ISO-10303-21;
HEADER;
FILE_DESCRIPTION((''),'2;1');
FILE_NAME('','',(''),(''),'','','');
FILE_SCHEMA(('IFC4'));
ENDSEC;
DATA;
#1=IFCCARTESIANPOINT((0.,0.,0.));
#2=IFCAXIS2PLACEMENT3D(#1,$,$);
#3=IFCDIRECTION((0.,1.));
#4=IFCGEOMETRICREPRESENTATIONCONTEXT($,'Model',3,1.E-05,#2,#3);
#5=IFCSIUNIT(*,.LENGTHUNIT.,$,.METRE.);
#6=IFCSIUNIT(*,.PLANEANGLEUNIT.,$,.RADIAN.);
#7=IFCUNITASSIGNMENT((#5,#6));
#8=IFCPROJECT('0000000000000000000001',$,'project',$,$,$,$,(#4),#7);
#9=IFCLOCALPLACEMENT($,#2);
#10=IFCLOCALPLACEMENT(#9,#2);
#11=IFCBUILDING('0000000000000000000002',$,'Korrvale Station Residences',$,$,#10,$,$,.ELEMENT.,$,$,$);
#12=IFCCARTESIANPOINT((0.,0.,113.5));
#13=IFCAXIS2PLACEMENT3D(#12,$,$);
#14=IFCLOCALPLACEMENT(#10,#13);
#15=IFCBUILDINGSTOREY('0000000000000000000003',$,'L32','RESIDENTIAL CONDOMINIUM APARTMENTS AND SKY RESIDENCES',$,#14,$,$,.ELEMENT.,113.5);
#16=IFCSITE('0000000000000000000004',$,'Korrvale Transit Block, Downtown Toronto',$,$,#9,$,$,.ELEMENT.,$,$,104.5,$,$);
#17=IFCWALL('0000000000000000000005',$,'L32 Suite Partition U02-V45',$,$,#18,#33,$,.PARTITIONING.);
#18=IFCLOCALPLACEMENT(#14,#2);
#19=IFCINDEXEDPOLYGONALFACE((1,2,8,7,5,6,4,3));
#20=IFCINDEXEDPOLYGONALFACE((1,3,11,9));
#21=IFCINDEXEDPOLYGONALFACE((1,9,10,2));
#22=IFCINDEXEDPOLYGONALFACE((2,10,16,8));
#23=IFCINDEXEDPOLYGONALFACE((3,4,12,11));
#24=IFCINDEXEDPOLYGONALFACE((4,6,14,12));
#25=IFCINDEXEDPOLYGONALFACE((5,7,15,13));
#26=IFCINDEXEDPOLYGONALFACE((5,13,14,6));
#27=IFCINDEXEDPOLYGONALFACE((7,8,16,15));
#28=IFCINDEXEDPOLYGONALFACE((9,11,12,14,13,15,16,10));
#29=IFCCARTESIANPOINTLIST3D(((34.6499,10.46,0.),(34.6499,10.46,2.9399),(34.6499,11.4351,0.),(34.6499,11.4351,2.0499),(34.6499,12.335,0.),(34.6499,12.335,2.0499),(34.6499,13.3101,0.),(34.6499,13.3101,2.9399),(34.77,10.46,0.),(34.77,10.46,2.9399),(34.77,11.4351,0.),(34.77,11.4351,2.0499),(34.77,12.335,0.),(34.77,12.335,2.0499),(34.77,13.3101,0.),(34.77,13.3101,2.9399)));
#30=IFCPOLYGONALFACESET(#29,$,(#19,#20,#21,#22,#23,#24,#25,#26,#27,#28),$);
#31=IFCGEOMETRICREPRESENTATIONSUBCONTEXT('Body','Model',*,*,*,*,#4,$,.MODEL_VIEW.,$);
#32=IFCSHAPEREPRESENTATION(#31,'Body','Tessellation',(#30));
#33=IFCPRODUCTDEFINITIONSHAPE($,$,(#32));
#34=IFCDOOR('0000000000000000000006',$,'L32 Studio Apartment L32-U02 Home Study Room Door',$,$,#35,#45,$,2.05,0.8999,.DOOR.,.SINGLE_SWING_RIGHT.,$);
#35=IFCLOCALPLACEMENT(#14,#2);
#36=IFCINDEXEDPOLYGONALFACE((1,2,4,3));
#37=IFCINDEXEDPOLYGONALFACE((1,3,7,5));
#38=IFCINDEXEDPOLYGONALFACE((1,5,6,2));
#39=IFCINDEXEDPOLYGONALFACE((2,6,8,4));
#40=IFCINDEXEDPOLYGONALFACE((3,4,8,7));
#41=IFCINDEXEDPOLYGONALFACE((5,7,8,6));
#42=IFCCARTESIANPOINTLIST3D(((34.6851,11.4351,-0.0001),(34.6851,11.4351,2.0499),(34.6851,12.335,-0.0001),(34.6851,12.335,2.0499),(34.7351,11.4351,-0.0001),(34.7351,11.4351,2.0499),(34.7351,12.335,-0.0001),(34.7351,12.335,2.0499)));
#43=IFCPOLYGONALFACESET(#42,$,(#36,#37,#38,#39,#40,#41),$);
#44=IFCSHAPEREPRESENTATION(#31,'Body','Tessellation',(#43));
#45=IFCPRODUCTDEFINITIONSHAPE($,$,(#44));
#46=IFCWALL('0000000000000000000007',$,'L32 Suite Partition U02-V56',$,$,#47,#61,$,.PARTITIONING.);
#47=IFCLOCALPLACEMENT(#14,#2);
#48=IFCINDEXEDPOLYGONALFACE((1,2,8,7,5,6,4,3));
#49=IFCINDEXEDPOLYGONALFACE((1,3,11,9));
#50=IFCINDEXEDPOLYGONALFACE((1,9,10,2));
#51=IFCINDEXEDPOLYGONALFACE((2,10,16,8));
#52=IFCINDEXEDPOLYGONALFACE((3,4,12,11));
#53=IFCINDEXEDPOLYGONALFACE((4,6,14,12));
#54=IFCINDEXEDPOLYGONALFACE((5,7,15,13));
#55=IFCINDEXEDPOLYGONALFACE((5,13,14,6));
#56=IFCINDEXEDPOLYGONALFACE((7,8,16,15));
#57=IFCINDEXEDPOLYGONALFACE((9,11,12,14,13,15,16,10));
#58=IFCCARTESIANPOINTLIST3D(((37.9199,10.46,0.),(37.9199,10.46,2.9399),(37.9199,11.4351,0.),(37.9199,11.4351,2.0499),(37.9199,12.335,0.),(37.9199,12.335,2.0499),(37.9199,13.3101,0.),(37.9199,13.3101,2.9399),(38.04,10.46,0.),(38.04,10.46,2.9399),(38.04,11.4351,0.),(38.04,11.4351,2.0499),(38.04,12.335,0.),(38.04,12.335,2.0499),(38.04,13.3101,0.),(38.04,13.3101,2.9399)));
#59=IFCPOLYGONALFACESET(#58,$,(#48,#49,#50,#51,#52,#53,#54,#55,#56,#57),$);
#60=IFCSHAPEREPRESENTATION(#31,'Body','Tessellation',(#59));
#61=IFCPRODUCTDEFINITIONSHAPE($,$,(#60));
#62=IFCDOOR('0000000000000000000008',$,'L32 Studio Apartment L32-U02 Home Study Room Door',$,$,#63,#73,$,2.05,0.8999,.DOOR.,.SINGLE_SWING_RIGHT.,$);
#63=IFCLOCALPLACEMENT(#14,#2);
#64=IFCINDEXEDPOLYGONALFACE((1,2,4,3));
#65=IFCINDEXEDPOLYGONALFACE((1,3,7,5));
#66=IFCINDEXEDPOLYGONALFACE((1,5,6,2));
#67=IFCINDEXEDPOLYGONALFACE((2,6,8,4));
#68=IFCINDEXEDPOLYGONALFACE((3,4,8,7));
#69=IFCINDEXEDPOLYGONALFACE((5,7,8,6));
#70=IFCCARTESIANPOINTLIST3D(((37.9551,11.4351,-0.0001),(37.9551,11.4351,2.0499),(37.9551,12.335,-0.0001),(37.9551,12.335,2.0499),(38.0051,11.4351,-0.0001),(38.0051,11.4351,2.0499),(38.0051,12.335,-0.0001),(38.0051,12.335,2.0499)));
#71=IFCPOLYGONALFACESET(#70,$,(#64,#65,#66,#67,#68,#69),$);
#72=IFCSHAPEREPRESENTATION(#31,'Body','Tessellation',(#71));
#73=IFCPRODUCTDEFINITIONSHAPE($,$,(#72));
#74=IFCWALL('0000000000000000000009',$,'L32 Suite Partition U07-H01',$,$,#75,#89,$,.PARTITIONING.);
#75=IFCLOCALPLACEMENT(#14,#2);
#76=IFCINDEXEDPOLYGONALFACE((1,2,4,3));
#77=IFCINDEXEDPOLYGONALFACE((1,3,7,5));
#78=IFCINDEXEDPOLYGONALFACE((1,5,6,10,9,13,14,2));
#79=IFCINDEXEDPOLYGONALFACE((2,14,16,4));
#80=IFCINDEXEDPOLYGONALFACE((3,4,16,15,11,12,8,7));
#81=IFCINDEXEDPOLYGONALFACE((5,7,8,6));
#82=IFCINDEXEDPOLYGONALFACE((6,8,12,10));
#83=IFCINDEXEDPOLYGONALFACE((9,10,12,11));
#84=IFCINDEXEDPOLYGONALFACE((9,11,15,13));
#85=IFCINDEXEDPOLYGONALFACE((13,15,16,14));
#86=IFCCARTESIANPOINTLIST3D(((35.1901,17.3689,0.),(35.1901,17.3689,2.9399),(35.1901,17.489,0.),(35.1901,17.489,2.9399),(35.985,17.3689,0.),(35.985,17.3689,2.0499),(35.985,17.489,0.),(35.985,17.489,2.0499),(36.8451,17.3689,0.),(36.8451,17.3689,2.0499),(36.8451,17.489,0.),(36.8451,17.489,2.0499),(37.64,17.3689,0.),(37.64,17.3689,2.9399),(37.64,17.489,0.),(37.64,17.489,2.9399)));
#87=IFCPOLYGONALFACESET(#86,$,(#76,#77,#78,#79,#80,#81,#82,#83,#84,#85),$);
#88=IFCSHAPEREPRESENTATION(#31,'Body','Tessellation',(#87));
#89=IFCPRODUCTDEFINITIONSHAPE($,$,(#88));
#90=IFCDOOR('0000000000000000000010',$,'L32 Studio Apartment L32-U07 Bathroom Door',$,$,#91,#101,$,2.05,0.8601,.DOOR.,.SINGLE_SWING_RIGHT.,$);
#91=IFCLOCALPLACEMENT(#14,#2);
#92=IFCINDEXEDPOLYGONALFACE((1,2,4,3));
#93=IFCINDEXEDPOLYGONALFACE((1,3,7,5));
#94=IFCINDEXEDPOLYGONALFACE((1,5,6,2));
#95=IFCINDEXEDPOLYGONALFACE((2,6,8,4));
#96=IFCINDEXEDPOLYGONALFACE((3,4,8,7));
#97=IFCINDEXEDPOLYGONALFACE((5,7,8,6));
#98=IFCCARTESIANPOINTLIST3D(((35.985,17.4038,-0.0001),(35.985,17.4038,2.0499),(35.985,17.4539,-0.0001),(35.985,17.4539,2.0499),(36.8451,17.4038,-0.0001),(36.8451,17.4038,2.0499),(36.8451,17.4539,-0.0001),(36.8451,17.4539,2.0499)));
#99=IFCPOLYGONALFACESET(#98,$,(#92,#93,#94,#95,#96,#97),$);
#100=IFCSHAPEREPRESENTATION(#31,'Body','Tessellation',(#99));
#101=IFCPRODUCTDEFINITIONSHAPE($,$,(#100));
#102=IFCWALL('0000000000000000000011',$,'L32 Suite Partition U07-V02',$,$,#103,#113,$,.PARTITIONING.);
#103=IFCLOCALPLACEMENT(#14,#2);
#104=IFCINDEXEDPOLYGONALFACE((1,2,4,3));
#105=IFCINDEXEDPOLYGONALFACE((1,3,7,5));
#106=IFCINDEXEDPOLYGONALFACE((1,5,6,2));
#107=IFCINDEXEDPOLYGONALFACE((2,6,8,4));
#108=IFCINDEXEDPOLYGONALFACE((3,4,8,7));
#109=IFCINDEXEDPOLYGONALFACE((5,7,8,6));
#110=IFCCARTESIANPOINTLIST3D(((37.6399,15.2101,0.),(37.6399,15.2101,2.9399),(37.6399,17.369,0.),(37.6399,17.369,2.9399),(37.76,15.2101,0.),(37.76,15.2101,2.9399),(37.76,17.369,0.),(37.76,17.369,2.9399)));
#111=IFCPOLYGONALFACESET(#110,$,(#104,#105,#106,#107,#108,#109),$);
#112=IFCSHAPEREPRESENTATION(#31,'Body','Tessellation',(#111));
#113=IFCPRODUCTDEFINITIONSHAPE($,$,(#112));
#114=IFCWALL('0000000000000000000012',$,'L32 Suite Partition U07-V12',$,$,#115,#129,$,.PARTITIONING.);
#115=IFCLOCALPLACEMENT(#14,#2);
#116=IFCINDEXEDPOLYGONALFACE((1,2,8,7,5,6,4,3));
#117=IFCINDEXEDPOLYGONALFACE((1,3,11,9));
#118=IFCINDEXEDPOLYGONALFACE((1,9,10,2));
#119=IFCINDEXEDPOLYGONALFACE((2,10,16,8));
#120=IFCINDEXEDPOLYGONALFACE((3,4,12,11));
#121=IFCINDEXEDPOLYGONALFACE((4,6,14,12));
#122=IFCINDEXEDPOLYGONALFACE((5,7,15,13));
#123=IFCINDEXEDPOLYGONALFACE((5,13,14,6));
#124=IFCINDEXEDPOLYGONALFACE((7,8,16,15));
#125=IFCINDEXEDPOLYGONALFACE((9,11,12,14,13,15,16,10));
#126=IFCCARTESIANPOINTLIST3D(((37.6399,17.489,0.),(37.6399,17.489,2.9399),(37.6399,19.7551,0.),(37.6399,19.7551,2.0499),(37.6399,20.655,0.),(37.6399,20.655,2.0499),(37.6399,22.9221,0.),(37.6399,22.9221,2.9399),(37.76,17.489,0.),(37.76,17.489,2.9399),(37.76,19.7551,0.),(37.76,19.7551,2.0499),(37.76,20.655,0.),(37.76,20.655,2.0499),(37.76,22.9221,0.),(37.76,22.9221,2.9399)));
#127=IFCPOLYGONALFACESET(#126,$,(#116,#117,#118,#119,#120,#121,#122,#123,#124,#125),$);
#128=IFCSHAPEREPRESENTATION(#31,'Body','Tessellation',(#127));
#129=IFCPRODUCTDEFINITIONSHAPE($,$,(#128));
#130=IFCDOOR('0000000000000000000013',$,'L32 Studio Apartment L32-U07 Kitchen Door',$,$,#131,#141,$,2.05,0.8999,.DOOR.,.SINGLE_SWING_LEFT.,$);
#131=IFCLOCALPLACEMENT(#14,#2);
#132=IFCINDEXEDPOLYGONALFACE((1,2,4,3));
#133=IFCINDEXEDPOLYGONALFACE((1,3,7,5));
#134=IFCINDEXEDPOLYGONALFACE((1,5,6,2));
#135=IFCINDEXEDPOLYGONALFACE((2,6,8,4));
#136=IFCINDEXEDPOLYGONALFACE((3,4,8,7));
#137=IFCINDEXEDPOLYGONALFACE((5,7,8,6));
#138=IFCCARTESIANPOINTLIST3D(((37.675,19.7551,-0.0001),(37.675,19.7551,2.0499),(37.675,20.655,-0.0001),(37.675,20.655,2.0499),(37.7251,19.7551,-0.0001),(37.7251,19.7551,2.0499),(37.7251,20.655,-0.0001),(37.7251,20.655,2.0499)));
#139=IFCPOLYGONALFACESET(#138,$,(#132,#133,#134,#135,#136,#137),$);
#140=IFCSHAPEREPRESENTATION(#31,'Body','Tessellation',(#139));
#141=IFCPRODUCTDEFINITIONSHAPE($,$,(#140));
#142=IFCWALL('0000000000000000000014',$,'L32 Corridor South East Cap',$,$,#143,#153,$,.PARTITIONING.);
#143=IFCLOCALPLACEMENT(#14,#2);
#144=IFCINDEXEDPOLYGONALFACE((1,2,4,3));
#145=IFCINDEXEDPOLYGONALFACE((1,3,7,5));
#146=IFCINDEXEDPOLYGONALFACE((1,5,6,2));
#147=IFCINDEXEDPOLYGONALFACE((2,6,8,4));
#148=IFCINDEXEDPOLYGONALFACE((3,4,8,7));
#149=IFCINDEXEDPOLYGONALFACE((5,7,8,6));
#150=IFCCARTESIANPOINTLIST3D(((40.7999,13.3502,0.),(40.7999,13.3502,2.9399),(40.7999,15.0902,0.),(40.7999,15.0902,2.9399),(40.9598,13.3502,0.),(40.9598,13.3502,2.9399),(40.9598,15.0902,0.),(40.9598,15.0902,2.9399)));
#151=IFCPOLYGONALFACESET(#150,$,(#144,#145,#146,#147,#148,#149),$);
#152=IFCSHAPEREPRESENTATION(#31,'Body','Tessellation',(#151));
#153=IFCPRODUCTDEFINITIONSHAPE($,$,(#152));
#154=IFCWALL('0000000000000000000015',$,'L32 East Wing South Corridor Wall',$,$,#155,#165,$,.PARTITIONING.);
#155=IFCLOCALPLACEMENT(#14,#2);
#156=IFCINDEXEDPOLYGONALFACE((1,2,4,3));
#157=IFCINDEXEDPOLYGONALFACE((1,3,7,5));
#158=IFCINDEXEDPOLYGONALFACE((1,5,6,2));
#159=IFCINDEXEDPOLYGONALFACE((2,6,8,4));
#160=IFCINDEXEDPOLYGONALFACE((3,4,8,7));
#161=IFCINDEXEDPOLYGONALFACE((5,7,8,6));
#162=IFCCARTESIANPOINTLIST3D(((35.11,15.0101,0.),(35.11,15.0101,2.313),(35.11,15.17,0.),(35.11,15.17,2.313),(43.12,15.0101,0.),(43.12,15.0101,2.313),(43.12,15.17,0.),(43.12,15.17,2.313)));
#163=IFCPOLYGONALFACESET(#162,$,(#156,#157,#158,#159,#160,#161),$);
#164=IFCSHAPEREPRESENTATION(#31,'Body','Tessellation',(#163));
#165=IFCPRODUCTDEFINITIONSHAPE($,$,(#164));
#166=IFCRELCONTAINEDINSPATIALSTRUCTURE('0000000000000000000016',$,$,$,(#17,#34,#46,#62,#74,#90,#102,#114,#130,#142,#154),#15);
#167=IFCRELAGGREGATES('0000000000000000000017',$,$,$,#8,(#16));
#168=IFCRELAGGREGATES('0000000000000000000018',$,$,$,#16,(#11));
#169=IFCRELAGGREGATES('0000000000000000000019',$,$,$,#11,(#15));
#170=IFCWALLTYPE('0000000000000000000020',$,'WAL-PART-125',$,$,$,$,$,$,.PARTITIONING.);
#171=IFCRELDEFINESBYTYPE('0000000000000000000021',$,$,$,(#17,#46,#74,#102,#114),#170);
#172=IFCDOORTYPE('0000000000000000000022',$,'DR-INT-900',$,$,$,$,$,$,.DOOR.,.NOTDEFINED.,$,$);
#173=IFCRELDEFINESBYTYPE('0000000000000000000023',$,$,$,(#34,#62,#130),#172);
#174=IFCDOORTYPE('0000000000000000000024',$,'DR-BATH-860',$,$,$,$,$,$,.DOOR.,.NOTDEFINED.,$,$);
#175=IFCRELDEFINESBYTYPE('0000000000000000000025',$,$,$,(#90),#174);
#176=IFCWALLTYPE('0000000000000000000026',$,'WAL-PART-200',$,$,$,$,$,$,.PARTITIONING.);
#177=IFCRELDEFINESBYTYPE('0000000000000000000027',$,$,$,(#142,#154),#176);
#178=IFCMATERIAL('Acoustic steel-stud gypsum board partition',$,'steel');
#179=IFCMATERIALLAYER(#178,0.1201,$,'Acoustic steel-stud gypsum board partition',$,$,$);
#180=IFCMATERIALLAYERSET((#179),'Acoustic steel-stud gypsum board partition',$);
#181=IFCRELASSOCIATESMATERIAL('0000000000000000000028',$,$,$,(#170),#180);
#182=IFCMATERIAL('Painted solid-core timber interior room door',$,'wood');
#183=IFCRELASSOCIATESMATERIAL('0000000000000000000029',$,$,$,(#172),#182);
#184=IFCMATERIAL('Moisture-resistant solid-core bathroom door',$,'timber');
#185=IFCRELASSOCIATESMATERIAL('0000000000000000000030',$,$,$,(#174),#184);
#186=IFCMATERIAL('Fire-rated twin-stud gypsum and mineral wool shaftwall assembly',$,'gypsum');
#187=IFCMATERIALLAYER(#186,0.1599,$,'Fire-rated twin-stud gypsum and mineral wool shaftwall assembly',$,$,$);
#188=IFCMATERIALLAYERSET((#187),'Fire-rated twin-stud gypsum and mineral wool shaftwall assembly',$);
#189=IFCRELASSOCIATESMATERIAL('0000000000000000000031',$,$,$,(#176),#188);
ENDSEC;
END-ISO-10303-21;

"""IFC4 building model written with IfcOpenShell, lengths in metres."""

from ifc_helpers import new_model, si_unit, direction, frame, frame_2d, origin, place, context, subcontext, project, spatial, rectangle, extrude, material, layer, layer_set, type_object, element, fill, save


model = new_model("IFC4")

# Units and contexts
model_context = context("Model", 3, precision=1e-05, world=origin(), true_north=direction((0.0, 1.0)))
body_context = subcontext(model_context, "Body", "Model", "MODEL_VIEW")
ifc_project = project(units=[si_unit("LENGTHUNIT", "METRE"), si_unit("PLANEANGLEUNIT", "RADIAN")], contexts=[model_context])

# Site, building, storey
site_placement = place(None, origin())
site = spatial("IfcSite", under=ifc_project, at=site_placement, Name="Korrvale Transit Block, Downtown Toronto", CompositionType="ELEMENT", RefElevation=104.5)
building_placement = place(site_placement, origin())
building = spatial("IfcBuilding", under=site, at=building_placement, Name="Korrvale Station Residences", CompositionType="ELEMENT")
storey_placement = place(building_placement, frame((0.0, 0.0, 113.5)))
storey = spatial("IfcBuildingStorey", under=building, at=storey_placement, Name="L32", Description="RESIDENTIAL CONDOMINIUM APARTMENTS AND SKY RESIDENCES", CompositionType="ELEMENT", Elevation=113.5)

# Walls, openings, doors
ifc_material_1 = material(Name="Acoustic steel-stud gypsum board partition", Category="steel")
ifc_layer_1 = layer(ifc_material_1, 0.1201, Name="Acoustic steel-stud gypsum board partition")
ifc_layer_set_1 = layer_set([ifc_layer_1], Name="Acoustic steel-stud gypsum board partition")
wall_type_1 = type_object("IfcWallType", Name="WAL-PART-125", PredefinedType="PARTITIONING", material=ifc_layer_set_1)
wall_1_placement = place(storey_placement, frame((34.71, 10.46, 0.0), z_axis=(0.0, 0.0, 1.0), x_axis=(0.0, 1.0, 0.0)))
wall_1 = element("IfcWall", 1, at=wall_1_placement, inside=storey, type_object=wall_type_1, Name="L32 Suite Partition U02-V45", PredefinedType="PARTITIONING", context=body_context, shape_type="SweptSolid", body=[
    extrude(rectangle(XDim=2.8501, YDim=0.1201, at=frame_2d((1.425, 0.0))), origin(), (0.0, 0.0, 1.0), 2.9399),
])
opening_1_placement = place(wall_1_placement, frame((0.9751, 0.0, 0.0)))
opening_1 = element("IfcOpeningElement", 2, at=opening_1_placement, cuts=wall_1, PredefinedType="OPENING", context=body_context, shape_type="SweptSolid", body=[
    extrude(rectangle(XDim=0.8999, YDim=2.05, at=frame_2d((0.45, 1.0249))), frame((0.0, 0.0701, 0.0), z_axis=(0.0, -1.0, 0.0), x_axis=(1.0, 0.0, 0.0)), (0.0, 0.0, 1.0), 0.1401),
])
ifc_material_2 = material(Name="Painted solid-core timber interior room door", Category="wood")
door_type_1 = type_object("IfcDoorType", Name="DR-INT-900", OperationType="NOTDEFINED", PredefinedType="DOOR", material=ifc_material_2)
door_1_placement = place(opening_1_placement, origin())
door_1 = element("IfcDoor", 3, at=door_1_placement, inside=storey, type_object=door_type_1, Name="L32 Studio Apartment L32-U02 Home Study Room Door", OperationType="SINGLE_SWING_RIGHT", OverallHeight=2.05, OverallWidth=0.8999, PredefinedType="DOOR", context=body_context, shape_type="SweptSolid", body=[
    extrude(rectangle(XDim=0.8999, YDim=2.05, at=frame_2d((0.45, 1.0249))), frame((0.0, 0.0249, 0.0), z_axis=(0.0, -1.0, 0.0), x_axis=(1.0, 0.0, 0.0)), (0.0, 0.0, 1.0), 0.05),
])
fill(opening_1, door_1)
wall_2_placement = place(storey_placement, frame((37.98, 10.46, 0.0), z_axis=(0.0, 0.0, 1.0), x_axis=(0.0, 1.0, 0.0)))
wall_2 = element("IfcWall", 4, at=wall_2_placement, inside=storey, type_object=wall_type_1, Name="L32 Suite Partition U02-V56", PredefinedType="PARTITIONING", context=body_context, shape_type="SweptSolid", body=[
    extrude(rectangle(XDim=2.8501, YDim=0.1201, at=frame_2d((1.425, 0.0))), origin(), (0.0, 0.0, 1.0), 2.9399),
])
opening_2_placement = place(wall_2_placement, frame((0.9751, 0.0, 0.0)))
opening_2 = element("IfcOpeningElement", 5, at=opening_2_placement, cuts=wall_2, PredefinedType="OPENING", context=body_context, shape_type="SweptSolid", body=[
    extrude(rectangle(XDim=0.8999, YDim=2.05, at=frame_2d((0.45, 1.0249))), frame((0.0, 0.0701, 0.0), z_axis=(0.0, -1.0, 0.0), x_axis=(1.0, 0.0, 0.0)), (0.0, 0.0, 1.0), 0.1401),
])
door_2_placement = place(opening_2_placement, origin())
door_2 = element("IfcDoor", 6, at=door_2_placement, inside=storey, type_object=door_type_1, Name="L32 Studio Apartment L32-U02 Home Study Room Door", OperationType="SINGLE_SWING_RIGHT", OverallHeight=2.05, OverallWidth=0.8999, PredefinedType="DOOR", context=body_context, shape_type="SweptSolid", body=[
    extrude(rectangle(XDim=0.8999, YDim=2.05, at=frame_2d((0.45, 1.0249))), frame((0.0, 0.0249, 0.0), z_axis=(0.0, -1.0, 0.0), x_axis=(1.0, 0.0, 0.0)), (0.0, 0.0, 1.0), 0.05),
])
fill(opening_2, door_2)
wall_3_placement = place(storey_placement, frame((35.1899, 17.429, 0.0), z_axis=(0.0, 0.0, 1.0), x_axis=(1.0, 0.0, 0.0)))
wall_3 = element("IfcWall", 7, at=wall_3_placement, inside=storey, type_object=wall_type_1, Name="L32 Suite Partition U07-H01", PredefinedType="PARTITIONING", context=body_context, shape_type="SweptSolid", body=[
    extrude(rectangle(XDim=2.45, YDim=0.1201, at=frame_2d((1.2251, 0.0))), origin(), (0.0, 0.0, 1.0), 2.9399),
])
opening_3_placement = place(wall_3_placement, frame((0.7949, 0.0, 0.0)))
opening_3 = element("IfcOpeningElement", 8, at=opening_3_placement, cuts=wall_3, PredefinedType="OPENING", context=body_context, shape_type="SweptSolid", body=[
    extrude(rectangle(XDim=0.8601, YDim=2.05, at=frame_2d((0.4302, 1.0249))), frame((0.0, 0.0701, 0.0), z_axis=(0.0, -1.0, 0.0), x_axis=(1.0, 0.0, 0.0)), (0.0, 0.0, 1.0), 0.1401),
])
ifc_material_3 = material(Name="Moisture-resistant solid-core bathroom door", Category="timber")
door_type_2 = type_object("IfcDoorType", Name="DR-BATH-860", OperationType="NOTDEFINED", PredefinedType="DOOR", material=ifc_material_3)
door_3_placement = place(opening_3_placement, origin())
door_3 = element("IfcDoor", 9, at=door_3_placement, inside=storey, type_object=door_type_2, Name="L32 Studio Apartment L32-U07 Bathroom Door", OperationType="SINGLE_SWING_RIGHT", OverallHeight=2.05, OverallWidth=0.8601, PredefinedType="DOOR", context=body_context, shape_type="SweptSolid", body=[
    extrude(rectangle(XDim=0.8601, YDim=2.05, at=frame_2d((0.4302, 1.0249))), frame((0.0, 0.0249, 0.0), z_axis=(0.0, -1.0, 0.0), x_axis=(1.0, 0.0, 0.0)), (0.0, 0.0, 1.0), 0.05),
])
fill(opening_3, door_3)

# Wall
wall_4_placement = place(storey_placement, frame((37.7, 15.21, 0.0), z_axis=(0.0, 0.0, 1.0), x_axis=(0.0, 1.0, 0.0)))
element("IfcWall", 10, at=wall_4_placement, inside=storey, type_object=wall_type_1, Name="L32 Suite Partition U07-V02", PredefinedType="PARTITIONING", context=body_context, shape_type="SweptSolid", body=[
    extrude(rectangle(XDim=2.1589, YDim=0.1201, at=frame_2d((1.0796, 0.0))), origin(), (0.0, 0.0, 1.0), 2.9399),
])

# Wall, opening, door
wall_5_placement = place(storey_placement, frame((37.7, 17.489, 0.0), z_axis=(0.0, 0.0, 1.0), x_axis=(0.0, 1.0, 0.0)))
wall_5 = element("IfcWall", 11, at=wall_5_placement, inside=storey, type_object=wall_type_1, Name="L32 Suite Partition U07-V12", PredefinedType="PARTITIONING", context=body_context, shape_type="SweptSolid", body=[
    extrude(rectangle(XDim=5.4331, YDim=0.1201, at=frame_2d((2.7166, 0.0))), origin(), (0.0, 0.0, 1.0), 2.9399),
])
opening_4_placement = place(wall_5_placement, frame((2.2661, 0.0, 0.0)))
opening_4 = element("IfcOpeningElement", 12, at=opening_4_placement, cuts=wall_5, PredefinedType="OPENING", context=body_context, shape_type="SweptSolid", body=[
    extrude(rectangle(XDim=0.8999, YDim=2.05, at=frame_2d((0.45, 1.0249))), frame((0.0, 0.0701, 0.0), z_axis=(0.0, -1.0, 0.0), x_axis=(1.0, 0.0, 0.0)), (0.0, 0.0, 1.0), 0.1401),
])
door_4_placement = place(opening_4_placement, origin())
door_4 = element("IfcDoor", 13, at=door_4_placement, inside=storey, type_object=door_type_1, Name="L32 Studio Apartment L32-U07 Kitchen Door", OperationType="SINGLE_SWING_LEFT", OverallHeight=2.05, OverallWidth=0.8999, PredefinedType="DOOR", context=body_context, shape_type="SweptSolid", body=[
    extrude(rectangle(XDim=0.8999, YDim=2.05, at=frame_2d((0.45, 1.0249))), frame((0.0, 0.0249, 0.0), z_axis=(0.0, -1.0, 0.0), x_axis=(1.0, 0.0, 0.0)), (0.0, 0.0, 1.0), 0.05),
])
fill(opening_4, door_4)

# Walls
ifc_material_4 = material(Name="Fire-rated twin-stud gypsum and mineral wool shaftwall assembly", Category="gypsum")
ifc_layer_2 = layer(ifc_material_4, 0.1599, Name="Fire-rated twin-stud gypsum and mineral wool shaftwall assembly")
ifc_layer_set_2 = layer_set([ifc_layer_2], Name="Fire-rated twin-stud gypsum and mineral wool shaftwall assembly")
wall_type_2 = type_object("IfcWallType", Name="WAL-PART-200", PredefinedType="PARTITIONING", material=ifc_layer_set_2)
wall_6_placement = place(storey_placement, frame((40.8799, 13.3501, 0.0), z_axis=(0.0, 0.0, 1.0), x_axis=(0.0, 1.0, 0.0)))
element("IfcWall", 14, at=wall_6_placement, inside=storey, type_object=wall_type_2, Name="L32 Corridor South East Cap", PredefinedType="PARTITIONING", context=body_context, shape_type="SweptSolid", body=[
    extrude(rectangle(XDim=1.74, YDim=0.1599, at=frame_2d((0.8701, 0.0))), origin(), (0.0, 0.0, 1.0), 2.9399),
])
wall_7_placement = place(storey_placement, frame((35.1101, 15.0901, 0.0), z_axis=(0.0, 0.0, 1.0), x_axis=(1.0, 0.0, 0.0)))
element("IfcWall", 15, at=wall_7_placement, inside=storey, type_object=wall_type_2, Name="L32 East Wing South Corridor Wall", PredefinedType="PARTITIONING", context=body_context, shape_type="SweptSolid", body=[
    extrude(rectangle(XDim=8.01, YDim=0.1599, at=frame_2d((4.0049, 0.0))), origin(), (0.0, 0.0, 1.0), 2.313),
])

save(model, "model.ifc")
